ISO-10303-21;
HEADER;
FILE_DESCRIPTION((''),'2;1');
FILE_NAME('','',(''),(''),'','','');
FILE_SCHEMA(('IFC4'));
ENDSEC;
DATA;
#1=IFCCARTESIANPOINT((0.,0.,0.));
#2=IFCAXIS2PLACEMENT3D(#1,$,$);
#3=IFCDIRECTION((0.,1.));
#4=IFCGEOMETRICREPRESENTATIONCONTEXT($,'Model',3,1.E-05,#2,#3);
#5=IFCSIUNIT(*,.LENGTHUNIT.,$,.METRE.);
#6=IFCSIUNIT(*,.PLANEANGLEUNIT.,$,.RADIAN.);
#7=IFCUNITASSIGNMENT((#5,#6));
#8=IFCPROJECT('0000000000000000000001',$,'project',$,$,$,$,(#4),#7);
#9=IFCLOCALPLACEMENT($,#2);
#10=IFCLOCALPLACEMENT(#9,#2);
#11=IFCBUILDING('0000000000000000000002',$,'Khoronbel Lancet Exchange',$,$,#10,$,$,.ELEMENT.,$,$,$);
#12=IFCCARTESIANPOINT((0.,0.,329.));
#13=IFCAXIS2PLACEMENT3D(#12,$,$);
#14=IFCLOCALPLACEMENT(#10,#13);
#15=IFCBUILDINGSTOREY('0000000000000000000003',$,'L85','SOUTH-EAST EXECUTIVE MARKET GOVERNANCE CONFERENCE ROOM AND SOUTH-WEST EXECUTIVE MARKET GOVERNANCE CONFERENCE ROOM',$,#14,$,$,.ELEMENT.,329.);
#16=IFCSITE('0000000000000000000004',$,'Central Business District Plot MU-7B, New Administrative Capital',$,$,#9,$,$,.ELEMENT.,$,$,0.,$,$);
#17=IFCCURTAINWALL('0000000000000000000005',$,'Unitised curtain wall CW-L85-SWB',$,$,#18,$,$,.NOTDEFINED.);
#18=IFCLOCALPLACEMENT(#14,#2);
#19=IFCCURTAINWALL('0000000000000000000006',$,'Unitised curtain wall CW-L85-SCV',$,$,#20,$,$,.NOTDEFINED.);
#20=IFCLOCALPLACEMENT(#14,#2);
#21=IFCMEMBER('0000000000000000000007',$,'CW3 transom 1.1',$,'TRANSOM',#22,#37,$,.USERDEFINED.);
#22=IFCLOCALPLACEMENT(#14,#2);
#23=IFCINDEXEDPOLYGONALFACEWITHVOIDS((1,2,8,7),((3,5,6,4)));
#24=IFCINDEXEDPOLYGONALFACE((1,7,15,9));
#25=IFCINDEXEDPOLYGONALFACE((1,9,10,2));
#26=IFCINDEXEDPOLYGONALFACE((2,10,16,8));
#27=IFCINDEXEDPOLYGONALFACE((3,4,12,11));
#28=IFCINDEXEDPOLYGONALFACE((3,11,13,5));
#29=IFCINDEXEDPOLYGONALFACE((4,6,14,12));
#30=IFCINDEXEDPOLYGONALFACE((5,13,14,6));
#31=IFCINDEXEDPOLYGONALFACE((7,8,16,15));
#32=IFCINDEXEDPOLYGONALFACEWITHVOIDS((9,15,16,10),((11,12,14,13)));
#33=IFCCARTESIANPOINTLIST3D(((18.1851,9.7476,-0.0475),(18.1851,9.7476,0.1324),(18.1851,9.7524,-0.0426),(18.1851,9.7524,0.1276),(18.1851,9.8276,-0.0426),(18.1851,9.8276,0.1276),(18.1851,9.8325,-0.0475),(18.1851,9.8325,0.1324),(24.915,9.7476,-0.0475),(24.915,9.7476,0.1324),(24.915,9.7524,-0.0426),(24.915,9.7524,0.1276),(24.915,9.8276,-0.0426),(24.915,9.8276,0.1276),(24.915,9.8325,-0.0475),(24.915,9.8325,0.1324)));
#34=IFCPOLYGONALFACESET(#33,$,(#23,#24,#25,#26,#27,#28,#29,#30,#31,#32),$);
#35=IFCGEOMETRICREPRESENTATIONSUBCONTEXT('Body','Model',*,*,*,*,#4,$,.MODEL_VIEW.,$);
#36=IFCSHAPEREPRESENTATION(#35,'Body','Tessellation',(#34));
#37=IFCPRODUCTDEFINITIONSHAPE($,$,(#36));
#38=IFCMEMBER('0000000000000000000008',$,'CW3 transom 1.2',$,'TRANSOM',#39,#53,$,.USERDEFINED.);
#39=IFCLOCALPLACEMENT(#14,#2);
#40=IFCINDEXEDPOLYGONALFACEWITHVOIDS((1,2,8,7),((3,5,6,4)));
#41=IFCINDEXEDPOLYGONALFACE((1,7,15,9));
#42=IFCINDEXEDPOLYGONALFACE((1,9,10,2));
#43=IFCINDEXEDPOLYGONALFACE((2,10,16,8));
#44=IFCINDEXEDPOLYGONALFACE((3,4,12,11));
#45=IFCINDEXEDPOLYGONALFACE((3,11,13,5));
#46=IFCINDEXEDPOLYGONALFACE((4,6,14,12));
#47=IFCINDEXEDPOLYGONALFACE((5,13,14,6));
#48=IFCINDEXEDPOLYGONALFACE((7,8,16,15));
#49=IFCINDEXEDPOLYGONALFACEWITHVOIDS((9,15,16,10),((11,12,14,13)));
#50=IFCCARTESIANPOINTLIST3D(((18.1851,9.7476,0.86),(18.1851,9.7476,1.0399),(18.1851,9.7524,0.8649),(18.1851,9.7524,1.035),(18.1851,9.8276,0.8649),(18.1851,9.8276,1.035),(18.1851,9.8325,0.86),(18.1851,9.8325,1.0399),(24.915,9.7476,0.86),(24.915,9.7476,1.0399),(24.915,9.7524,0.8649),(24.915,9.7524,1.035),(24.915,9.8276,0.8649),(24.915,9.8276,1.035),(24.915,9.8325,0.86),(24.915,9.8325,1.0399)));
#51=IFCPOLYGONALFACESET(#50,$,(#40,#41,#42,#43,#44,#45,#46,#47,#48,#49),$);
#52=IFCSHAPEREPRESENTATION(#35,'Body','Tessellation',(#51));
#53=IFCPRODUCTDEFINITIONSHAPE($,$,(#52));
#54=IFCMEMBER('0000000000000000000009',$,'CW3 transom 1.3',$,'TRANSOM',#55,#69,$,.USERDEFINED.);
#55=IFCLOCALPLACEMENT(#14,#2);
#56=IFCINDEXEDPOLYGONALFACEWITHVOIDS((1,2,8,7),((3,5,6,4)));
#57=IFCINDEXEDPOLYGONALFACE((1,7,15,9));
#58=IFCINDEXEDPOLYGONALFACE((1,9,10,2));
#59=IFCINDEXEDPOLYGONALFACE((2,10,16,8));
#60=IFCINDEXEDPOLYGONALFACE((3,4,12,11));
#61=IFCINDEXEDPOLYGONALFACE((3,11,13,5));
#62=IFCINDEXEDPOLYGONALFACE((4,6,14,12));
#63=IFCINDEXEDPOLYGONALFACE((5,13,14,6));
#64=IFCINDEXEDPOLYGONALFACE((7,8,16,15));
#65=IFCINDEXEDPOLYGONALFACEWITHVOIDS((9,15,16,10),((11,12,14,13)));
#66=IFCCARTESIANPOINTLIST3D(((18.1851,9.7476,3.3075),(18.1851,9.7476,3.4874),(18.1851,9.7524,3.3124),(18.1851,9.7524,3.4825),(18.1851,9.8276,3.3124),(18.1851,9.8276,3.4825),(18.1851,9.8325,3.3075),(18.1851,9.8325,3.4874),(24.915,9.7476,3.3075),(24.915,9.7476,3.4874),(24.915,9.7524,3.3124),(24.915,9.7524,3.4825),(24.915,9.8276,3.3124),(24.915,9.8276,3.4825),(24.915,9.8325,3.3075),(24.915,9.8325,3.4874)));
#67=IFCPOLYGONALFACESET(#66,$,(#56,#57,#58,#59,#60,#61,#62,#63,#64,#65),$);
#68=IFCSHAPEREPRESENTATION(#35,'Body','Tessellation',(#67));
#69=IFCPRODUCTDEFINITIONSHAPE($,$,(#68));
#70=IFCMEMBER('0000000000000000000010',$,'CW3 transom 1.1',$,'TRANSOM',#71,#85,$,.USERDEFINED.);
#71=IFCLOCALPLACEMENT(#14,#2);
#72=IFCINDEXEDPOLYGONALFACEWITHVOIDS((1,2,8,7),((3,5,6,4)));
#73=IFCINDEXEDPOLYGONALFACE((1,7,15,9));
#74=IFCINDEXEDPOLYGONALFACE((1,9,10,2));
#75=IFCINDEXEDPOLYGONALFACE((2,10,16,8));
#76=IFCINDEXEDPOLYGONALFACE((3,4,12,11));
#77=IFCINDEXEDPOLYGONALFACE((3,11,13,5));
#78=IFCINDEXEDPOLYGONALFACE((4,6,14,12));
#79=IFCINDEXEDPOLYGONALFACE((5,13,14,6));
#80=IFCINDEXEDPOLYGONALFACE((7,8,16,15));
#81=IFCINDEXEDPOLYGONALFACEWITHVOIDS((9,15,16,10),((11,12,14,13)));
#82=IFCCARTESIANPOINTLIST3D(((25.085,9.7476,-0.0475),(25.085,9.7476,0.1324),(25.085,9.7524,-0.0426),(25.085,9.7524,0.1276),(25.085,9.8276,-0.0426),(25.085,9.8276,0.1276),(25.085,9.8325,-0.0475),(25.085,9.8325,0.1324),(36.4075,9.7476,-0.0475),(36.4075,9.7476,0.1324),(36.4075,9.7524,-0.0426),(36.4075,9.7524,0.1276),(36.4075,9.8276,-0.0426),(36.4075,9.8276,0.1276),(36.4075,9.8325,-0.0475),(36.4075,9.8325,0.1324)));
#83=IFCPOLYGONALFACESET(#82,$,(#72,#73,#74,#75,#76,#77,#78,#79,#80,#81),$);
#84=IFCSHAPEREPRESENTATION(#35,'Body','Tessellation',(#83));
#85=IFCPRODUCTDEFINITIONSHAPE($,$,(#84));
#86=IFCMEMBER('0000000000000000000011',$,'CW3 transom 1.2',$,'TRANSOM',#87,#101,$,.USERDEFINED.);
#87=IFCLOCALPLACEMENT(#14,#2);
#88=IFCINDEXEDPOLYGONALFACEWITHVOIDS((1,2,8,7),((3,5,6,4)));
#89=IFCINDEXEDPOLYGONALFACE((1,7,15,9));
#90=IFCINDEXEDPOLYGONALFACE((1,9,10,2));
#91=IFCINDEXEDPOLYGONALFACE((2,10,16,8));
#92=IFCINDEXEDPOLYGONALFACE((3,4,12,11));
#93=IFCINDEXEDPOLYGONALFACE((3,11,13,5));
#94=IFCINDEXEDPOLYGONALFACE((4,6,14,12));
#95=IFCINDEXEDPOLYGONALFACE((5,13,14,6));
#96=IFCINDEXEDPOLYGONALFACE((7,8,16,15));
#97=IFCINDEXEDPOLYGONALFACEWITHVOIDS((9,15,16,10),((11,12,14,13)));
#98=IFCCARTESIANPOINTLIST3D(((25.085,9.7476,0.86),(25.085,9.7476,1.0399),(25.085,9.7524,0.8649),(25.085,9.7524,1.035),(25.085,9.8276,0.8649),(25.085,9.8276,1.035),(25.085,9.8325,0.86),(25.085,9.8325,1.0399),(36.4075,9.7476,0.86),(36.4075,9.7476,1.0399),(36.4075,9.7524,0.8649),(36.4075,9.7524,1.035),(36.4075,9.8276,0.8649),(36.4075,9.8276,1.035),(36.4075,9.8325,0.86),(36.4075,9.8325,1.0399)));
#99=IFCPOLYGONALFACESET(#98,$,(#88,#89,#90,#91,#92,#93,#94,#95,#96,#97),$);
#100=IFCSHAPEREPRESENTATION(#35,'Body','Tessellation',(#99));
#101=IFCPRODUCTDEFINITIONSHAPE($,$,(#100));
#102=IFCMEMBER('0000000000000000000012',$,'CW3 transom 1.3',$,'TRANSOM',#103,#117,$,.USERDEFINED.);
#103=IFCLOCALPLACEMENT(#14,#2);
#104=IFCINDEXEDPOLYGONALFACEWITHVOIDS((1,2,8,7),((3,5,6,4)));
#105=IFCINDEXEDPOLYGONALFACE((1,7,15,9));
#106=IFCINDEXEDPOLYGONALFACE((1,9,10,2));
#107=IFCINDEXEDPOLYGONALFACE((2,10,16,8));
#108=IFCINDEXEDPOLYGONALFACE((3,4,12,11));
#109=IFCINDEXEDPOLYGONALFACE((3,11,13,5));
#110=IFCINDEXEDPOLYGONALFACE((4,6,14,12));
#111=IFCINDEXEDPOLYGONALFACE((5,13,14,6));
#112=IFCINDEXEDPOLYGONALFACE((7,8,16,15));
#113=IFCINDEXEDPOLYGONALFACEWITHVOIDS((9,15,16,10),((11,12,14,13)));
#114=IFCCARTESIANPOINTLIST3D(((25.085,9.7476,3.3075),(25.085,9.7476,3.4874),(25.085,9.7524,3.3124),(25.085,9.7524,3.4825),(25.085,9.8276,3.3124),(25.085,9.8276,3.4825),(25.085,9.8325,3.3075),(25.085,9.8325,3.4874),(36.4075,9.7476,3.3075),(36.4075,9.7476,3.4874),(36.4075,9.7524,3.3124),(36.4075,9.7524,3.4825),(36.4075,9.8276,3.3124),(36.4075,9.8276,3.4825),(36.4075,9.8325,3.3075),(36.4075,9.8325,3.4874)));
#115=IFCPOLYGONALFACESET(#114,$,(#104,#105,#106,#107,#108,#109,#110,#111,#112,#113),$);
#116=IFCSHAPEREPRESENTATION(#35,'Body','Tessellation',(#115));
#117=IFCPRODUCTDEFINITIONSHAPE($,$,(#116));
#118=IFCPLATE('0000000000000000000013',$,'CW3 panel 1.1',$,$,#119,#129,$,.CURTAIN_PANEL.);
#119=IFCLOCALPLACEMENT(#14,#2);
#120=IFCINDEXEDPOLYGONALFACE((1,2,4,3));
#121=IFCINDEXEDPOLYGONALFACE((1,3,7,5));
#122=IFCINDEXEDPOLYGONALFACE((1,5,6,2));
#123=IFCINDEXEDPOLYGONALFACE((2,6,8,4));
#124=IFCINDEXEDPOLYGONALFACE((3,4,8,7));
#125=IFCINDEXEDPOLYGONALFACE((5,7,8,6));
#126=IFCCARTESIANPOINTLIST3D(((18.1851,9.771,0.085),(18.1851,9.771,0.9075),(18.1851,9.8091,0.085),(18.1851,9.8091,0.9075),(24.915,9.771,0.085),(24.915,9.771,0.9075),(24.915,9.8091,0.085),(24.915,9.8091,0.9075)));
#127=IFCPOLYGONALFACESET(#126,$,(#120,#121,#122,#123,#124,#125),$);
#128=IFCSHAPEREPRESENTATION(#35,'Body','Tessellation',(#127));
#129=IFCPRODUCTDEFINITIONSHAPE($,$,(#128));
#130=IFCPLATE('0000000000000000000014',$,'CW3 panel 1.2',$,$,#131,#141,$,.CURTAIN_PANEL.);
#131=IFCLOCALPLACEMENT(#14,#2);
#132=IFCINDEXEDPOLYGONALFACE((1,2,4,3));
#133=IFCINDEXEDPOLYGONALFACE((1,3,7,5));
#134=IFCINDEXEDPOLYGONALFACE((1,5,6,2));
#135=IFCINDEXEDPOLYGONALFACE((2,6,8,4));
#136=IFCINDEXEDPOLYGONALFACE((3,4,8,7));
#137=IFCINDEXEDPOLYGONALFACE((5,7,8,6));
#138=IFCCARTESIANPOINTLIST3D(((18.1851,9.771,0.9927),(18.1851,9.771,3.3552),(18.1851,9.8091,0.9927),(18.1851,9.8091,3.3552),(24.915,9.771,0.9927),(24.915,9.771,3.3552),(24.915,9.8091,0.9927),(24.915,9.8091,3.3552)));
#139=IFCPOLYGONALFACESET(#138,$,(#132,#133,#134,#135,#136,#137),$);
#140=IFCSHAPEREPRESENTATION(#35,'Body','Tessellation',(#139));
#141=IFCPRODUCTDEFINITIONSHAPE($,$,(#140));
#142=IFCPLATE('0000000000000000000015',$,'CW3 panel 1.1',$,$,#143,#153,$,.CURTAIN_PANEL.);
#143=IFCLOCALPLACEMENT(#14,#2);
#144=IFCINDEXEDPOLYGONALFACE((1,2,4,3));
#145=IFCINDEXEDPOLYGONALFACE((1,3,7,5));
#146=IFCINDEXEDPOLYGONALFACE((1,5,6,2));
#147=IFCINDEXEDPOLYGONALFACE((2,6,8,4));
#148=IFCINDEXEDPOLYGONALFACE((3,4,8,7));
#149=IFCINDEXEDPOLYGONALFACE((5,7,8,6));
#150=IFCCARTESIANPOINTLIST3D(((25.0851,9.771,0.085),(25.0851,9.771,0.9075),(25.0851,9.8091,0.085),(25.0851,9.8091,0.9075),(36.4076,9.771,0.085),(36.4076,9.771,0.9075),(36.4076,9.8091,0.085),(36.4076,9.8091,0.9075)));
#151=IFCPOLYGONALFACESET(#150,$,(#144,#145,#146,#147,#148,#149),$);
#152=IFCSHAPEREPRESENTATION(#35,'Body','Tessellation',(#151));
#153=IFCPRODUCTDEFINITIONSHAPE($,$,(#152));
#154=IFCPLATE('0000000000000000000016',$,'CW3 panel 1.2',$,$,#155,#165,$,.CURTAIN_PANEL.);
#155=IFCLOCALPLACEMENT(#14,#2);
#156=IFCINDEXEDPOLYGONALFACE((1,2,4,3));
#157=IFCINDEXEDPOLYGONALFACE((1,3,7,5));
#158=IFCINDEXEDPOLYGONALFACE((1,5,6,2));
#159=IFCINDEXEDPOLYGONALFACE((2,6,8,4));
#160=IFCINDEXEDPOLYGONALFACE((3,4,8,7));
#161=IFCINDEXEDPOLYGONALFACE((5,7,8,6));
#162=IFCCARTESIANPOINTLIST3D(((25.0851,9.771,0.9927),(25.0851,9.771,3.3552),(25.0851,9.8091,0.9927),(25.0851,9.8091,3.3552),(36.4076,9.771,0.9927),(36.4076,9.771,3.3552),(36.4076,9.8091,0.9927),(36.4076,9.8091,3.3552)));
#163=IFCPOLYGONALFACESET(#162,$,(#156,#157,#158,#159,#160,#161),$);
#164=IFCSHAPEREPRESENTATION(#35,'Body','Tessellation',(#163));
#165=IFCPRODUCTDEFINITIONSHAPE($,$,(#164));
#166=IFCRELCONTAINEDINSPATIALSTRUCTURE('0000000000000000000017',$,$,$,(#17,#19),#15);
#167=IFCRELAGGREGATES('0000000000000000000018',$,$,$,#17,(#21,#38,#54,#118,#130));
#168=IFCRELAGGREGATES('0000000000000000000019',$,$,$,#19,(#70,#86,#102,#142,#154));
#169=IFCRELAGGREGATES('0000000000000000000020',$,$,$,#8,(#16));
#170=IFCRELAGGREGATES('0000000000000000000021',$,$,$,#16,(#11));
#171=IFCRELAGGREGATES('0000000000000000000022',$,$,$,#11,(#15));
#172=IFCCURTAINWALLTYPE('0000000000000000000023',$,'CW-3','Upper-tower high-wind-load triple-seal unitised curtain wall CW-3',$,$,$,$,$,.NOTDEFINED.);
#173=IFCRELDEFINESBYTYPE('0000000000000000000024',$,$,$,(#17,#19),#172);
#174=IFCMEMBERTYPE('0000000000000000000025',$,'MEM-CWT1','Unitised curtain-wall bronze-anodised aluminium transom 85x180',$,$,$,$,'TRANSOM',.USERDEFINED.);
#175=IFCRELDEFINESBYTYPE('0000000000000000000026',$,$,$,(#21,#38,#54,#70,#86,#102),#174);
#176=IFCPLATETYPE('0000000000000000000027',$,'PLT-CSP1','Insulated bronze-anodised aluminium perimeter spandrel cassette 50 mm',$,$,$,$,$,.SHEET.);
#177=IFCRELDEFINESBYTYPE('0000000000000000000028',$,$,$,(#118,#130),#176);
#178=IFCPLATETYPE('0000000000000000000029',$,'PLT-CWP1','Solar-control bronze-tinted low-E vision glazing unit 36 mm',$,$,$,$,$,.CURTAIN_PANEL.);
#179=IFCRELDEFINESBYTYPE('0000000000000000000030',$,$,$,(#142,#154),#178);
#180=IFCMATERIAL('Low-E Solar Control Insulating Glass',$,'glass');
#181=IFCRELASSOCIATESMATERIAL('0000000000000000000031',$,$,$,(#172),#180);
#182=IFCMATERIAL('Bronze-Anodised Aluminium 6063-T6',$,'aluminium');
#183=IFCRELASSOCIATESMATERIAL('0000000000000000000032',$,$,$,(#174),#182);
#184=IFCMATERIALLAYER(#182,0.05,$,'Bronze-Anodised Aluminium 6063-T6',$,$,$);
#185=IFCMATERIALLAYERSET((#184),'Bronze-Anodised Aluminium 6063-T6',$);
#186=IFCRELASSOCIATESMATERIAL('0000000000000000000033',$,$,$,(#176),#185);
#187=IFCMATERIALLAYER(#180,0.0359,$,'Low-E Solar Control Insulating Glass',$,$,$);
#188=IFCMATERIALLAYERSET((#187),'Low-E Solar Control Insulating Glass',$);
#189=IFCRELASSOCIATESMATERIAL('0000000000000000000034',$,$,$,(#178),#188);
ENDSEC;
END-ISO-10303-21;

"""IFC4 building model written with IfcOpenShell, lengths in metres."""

from ifc_helpers import new_model, si_unit, direction, frame, origin, origin_2d, place, context, subcontext, project, spatial, rectangle, hollow_rectangle, extrude, material, layer, layer_set, material_profile, profile_set, type_object, element, aggregate, save


model = new_model("IFC4")

# Units and contexts
model_context = context("Model", 3, precision=1e-05, world=origin(), true_north=direction((0.0, 1.0)))
body_context = subcontext(model_context, "Body", "Model", "MODEL_VIEW")
ifc_project = project(units=[si_unit("LENGTHUNIT", "METRE"), si_unit("PLANEANGLEUNIT", "RADIAN")], contexts=[model_context])

# Site, building, storey
site_placement = place(None, origin())
site = spatial("IfcSite", under=ifc_project, at=site_placement, Name="Central Business District Plot MU-7B, New Administrative Capital", CompositionType="ELEMENT", RefElevation=0.0)
building_placement = place(site_placement, origin())
building = spatial("IfcBuilding", under=site, at=building_placement, Name="Khoronbel Lancet Exchange", CompositionType="ELEMENT")
storey_placement = place(building_placement, frame((0.0, 0.0, 329.0)))
storey = spatial("IfcBuildingStorey", under=building, at=storey_placement, Name="L85", Description="SOUTH-EAST EXECUTIVE MARKET GOVERNANCE CONFERENCE ROOM AND SOUTH-WEST EXECUTIVE MARKET GOVERNANCE CONFERENCE ROOM", CompositionType="ELEMENT", Elevation=329.0)

# Curtain walls
ifc_material_1 = material(Name="Low-E Solar Control Insulating Glass", Category="glass")
curtain_wall_type = type_object("IfcCurtainWallType", Name="CW-3", Description="Upper-tower high-wind-load triple-seal unitised curtain wall CW-3", PredefinedType="NOTDEFINED", material=ifc_material_1)
curtain_wall_1_placement = place(storey_placement, origin())
curtain_wall_1 = element("IfcCurtainWall", 1, at=curtain_wall_1_placement, inside=storey, type_object=curtain_wall_type, Name="Unitised curtain wall CW-L85-SWB", PredefinedType="NOTDEFINED")
ifc_material_2 = material(Name="Bronze-Anodised Aluminium 6063-T6", Category="aluminium")
curtain_wall_2_placement = place(storey_placement, origin())
curtain_wall_2 = element("IfcCurtainWall", 2, at=curtain_wall_2_placement, inside=storey, type_object=curtain_wall_type, Name="Unitised curtain wall CW-L85-SCV", PredefinedType="NOTDEFINED")

# Members
ifc_material_profile_1 = material_profile(ifc_material_2, hollow_rectangle(XDim=0.085, YDim=0.1799, WallThickness=0.0049, at=origin_2d()), Name="ALU TRANSOM 85x180")
ifc_profile_set_1 = profile_set([ifc_material_profile_1], Name="Bronze-Anodised Aluminium 6063-T6")
member_type_1 = type_object("IfcMemberType", Name="MEM-CWT1", Description="Unitised curtain-wall bronze-anodised aluminium transom 85x180", ElementType="TRANSOM", PredefinedType="USERDEFINED", material=ifc_profile_set_1)
member_1_placement = place(storey_placement, frame((18.1851, 9.79, 0.0425), z_axis=(1.0, 0.0, 0.0), x_axis=(0.0, 1.0, 0.0)))
member_1 = element("IfcMember", 3, at=member_1_placement, type_object=member_type_1, Name="CW3 transom 1.1", ObjectType="TRANSOM", PredefinedType="USERDEFINED", context=body_context, shape_type="SweptSolid", body=[
    extrude(hollow_rectangle(XDim=0.085, YDim=0.1799, WallThickness=0.0049, at=origin_2d()), origin(), (0.0, 0.0, 1.0), 6.73),
])
member_2_placement = place(storey_placement, frame((18.1851, 9.79, 0.95), z_axis=(1.0, 0.0, 0.0), x_axis=(0.0, 1.0, 0.0)))
member_2 = element("IfcMember", 4, at=member_2_placement, type_object=member_type_1, Name="CW3 transom 1.2", ObjectType="TRANSOM", PredefinedType="USERDEFINED", context=body_context, shape_type="SweptSolid", body=[
    extrude(hollow_rectangle(XDim=0.085, YDim=0.1799, WallThickness=0.0049, at=origin_2d()), origin(), (0.0, 0.0, 1.0), 6.73),
])
member_3_placement = place(storey_placement, frame((18.1851, 9.79, 3.3975), z_axis=(1.0, 0.0, 0.0), x_axis=(0.0, 1.0, 0.0)))
member_3 = element("IfcMember", 5, at=member_3_placement, type_object=member_type_1, Name="CW3 transom 1.3", ObjectType="TRANSOM", PredefinedType="USERDEFINED", context=body_context, shape_type="SweptSolid", body=[
    extrude(hollow_rectangle(XDim=0.085, YDim=0.1799, WallThickness=0.0049, at=origin_2d()), origin(), (0.0, 0.0, 1.0), 6.73),
])
member_4_placement = place(storey_placement, frame((25.085, 9.79, 0.0425), z_axis=(1.0, 0.0, 0.0), x_axis=(0.0, 1.0, 0.0)))
member_4 = element("IfcMember", 6, at=member_4_placement, type_object=member_type_1, Name="CW3 transom 1.1", ObjectType="TRANSOM", PredefinedType="USERDEFINED", context=body_context, shape_type="SweptSolid", body=[
    extrude(hollow_rectangle(XDim=0.085, YDim=0.1799, WallThickness=0.0049, at=origin_2d()), origin(), (0.0, 0.0, 1.0), 11.3225),
])
member_5_placement = place(storey_placement, frame((25.085, 9.79, 0.95), z_axis=(1.0, 0.0, 0.0), x_axis=(0.0, 1.0, 0.0)))
member_5 = element("IfcMember", 7, at=member_5_placement, type_object=member_type_1, Name="CW3 transom 1.2", ObjectType="TRANSOM", PredefinedType="USERDEFINED", context=body_context, shape_type="SweptSolid", body=[
    extrude(hollow_rectangle(XDim=0.085, YDim=0.1799, WallThickness=0.0049, at=origin_2d()), origin(), (0.0, 0.0, 1.0), 11.3225),
])
member_6_placement = place(storey_placement, frame((25.085, 9.79, 3.3975), z_axis=(1.0, 0.0, 0.0), x_axis=(0.0, 1.0, 0.0)))
member_6 = element("IfcMember", 8, at=member_6_placement, type_object=member_type_1, Name="CW3 transom 1.3", ObjectType="TRANSOM", PredefinedType="USERDEFINED", context=body_context, shape_type="SweptSolid", body=[
    extrude(hollow_rectangle(XDim=0.085, YDim=0.1799, WallThickness=0.0049, at=origin_2d()), origin(), (0.0, 0.0, 1.0), 11.3225),
])

# Plates
ifc_layer_1 = layer(ifc_material_2, 0.05, Name="Bronze-Anodised Aluminium 6063-T6")
ifc_layer_set_1 = layer_set([ifc_layer_1], Name="Bronze-Anodised Aluminium 6063-T6")
plate_type_1 = type_object("IfcPlateType", Name="PLT-CSP1", Description="Insulated bronze-anodised aluminium perimeter spandrel cassette 50 mm", PredefinedType="SHEET", material=ifc_layer_set_1)
plate_1_placement = place(storey_placement, frame((21.55, 9.79, 0.085), z_axis=(0.0, 0.0, 1.0), x_axis=(1.0, 0.0, 0.0)))
plate_1 = element("IfcPlate", 9, at=plate_1_placement, type_object=plate_type_1, Name="CW3 panel 1.1", PredefinedType="CURTAIN_PANEL", context=body_context, shape_type="SweptSolid", body=[
    extrude(rectangle(XDim=6.73, YDim=0.0381, at=origin_2d()), origin(), (0.0, 0.0, 1.0), 0.8225),
])
plate_2_placement = place(storey_placement, frame((21.55, 9.79, 0.9927), z_axis=(0.0, 0.0, 1.0), x_axis=(1.0, 0.0, 0.0)))
plate_2 = element("IfcPlate", 10, at=plate_2_placement, type_object=plate_type_1, Name="CW3 panel 1.2", PredefinedType="CURTAIN_PANEL", context=body_context, shape_type="SweptSolid", body=[
    extrude(rectangle(XDim=6.73, YDim=0.0381, at=origin_2d()), origin(), (0.0, 0.0, 1.0), 2.3625),
])
aggregate(curtain_wall_1, [member_1, member_2, member_3, plate_1, plate_2])
ifc_layer_2 = layer(ifc_material_1, 0.0359, Name="Low-E Solar Control Insulating Glass")
ifc_layer_set_2 = layer_set([ifc_layer_2], Name="Low-E Solar Control Insulating Glass")
plate_type_2 = type_object("IfcPlateType", Name="PLT-CWP1", Description="Solar-control bronze-tinted low-E vision glazing unit 36 mm", PredefinedType="CURTAIN_PANEL", material=ifc_layer_set_2)
plate_3_placement = place(storey_placement, frame((30.7463, 9.79, 0.085), z_axis=(0.0, 0.0, 1.0), x_axis=(1.0, 0.0, 0.0)))
plate_3 = element("IfcPlate", 11, at=plate_3_placement, type_object=plate_type_2, Name="CW3 panel 1.1", PredefinedType="CURTAIN_PANEL", context=body_context, shape_type="SweptSolid", body=[
    extrude(rectangle(XDim=11.3225, YDim=0.0381, at=origin_2d()), origin(), (0.0, 0.0, 1.0), 0.8225),
])
plate_4_placement = place(storey_placement, frame((30.7463, 9.79, 0.9927), z_axis=(0.0, 0.0, 1.0), x_axis=(1.0, 0.0, 0.0)))
plate_4 = element("IfcPlate", 12, at=plate_4_placement, type_object=plate_type_2, Name="CW3 panel 1.2", PredefinedType="CURTAIN_PANEL", context=body_context, shape_type="SweptSolid", body=[
    extrude(rectangle(XDim=11.3225, YDim=0.0381, at=origin_2d()), origin(), (0.0, 0.0, 1.0), 2.3625),
])
aggregate(curtain_wall_2, [member_4, member_5, member_6, plate_3, plate_4])

save(model, "model.ifc")
